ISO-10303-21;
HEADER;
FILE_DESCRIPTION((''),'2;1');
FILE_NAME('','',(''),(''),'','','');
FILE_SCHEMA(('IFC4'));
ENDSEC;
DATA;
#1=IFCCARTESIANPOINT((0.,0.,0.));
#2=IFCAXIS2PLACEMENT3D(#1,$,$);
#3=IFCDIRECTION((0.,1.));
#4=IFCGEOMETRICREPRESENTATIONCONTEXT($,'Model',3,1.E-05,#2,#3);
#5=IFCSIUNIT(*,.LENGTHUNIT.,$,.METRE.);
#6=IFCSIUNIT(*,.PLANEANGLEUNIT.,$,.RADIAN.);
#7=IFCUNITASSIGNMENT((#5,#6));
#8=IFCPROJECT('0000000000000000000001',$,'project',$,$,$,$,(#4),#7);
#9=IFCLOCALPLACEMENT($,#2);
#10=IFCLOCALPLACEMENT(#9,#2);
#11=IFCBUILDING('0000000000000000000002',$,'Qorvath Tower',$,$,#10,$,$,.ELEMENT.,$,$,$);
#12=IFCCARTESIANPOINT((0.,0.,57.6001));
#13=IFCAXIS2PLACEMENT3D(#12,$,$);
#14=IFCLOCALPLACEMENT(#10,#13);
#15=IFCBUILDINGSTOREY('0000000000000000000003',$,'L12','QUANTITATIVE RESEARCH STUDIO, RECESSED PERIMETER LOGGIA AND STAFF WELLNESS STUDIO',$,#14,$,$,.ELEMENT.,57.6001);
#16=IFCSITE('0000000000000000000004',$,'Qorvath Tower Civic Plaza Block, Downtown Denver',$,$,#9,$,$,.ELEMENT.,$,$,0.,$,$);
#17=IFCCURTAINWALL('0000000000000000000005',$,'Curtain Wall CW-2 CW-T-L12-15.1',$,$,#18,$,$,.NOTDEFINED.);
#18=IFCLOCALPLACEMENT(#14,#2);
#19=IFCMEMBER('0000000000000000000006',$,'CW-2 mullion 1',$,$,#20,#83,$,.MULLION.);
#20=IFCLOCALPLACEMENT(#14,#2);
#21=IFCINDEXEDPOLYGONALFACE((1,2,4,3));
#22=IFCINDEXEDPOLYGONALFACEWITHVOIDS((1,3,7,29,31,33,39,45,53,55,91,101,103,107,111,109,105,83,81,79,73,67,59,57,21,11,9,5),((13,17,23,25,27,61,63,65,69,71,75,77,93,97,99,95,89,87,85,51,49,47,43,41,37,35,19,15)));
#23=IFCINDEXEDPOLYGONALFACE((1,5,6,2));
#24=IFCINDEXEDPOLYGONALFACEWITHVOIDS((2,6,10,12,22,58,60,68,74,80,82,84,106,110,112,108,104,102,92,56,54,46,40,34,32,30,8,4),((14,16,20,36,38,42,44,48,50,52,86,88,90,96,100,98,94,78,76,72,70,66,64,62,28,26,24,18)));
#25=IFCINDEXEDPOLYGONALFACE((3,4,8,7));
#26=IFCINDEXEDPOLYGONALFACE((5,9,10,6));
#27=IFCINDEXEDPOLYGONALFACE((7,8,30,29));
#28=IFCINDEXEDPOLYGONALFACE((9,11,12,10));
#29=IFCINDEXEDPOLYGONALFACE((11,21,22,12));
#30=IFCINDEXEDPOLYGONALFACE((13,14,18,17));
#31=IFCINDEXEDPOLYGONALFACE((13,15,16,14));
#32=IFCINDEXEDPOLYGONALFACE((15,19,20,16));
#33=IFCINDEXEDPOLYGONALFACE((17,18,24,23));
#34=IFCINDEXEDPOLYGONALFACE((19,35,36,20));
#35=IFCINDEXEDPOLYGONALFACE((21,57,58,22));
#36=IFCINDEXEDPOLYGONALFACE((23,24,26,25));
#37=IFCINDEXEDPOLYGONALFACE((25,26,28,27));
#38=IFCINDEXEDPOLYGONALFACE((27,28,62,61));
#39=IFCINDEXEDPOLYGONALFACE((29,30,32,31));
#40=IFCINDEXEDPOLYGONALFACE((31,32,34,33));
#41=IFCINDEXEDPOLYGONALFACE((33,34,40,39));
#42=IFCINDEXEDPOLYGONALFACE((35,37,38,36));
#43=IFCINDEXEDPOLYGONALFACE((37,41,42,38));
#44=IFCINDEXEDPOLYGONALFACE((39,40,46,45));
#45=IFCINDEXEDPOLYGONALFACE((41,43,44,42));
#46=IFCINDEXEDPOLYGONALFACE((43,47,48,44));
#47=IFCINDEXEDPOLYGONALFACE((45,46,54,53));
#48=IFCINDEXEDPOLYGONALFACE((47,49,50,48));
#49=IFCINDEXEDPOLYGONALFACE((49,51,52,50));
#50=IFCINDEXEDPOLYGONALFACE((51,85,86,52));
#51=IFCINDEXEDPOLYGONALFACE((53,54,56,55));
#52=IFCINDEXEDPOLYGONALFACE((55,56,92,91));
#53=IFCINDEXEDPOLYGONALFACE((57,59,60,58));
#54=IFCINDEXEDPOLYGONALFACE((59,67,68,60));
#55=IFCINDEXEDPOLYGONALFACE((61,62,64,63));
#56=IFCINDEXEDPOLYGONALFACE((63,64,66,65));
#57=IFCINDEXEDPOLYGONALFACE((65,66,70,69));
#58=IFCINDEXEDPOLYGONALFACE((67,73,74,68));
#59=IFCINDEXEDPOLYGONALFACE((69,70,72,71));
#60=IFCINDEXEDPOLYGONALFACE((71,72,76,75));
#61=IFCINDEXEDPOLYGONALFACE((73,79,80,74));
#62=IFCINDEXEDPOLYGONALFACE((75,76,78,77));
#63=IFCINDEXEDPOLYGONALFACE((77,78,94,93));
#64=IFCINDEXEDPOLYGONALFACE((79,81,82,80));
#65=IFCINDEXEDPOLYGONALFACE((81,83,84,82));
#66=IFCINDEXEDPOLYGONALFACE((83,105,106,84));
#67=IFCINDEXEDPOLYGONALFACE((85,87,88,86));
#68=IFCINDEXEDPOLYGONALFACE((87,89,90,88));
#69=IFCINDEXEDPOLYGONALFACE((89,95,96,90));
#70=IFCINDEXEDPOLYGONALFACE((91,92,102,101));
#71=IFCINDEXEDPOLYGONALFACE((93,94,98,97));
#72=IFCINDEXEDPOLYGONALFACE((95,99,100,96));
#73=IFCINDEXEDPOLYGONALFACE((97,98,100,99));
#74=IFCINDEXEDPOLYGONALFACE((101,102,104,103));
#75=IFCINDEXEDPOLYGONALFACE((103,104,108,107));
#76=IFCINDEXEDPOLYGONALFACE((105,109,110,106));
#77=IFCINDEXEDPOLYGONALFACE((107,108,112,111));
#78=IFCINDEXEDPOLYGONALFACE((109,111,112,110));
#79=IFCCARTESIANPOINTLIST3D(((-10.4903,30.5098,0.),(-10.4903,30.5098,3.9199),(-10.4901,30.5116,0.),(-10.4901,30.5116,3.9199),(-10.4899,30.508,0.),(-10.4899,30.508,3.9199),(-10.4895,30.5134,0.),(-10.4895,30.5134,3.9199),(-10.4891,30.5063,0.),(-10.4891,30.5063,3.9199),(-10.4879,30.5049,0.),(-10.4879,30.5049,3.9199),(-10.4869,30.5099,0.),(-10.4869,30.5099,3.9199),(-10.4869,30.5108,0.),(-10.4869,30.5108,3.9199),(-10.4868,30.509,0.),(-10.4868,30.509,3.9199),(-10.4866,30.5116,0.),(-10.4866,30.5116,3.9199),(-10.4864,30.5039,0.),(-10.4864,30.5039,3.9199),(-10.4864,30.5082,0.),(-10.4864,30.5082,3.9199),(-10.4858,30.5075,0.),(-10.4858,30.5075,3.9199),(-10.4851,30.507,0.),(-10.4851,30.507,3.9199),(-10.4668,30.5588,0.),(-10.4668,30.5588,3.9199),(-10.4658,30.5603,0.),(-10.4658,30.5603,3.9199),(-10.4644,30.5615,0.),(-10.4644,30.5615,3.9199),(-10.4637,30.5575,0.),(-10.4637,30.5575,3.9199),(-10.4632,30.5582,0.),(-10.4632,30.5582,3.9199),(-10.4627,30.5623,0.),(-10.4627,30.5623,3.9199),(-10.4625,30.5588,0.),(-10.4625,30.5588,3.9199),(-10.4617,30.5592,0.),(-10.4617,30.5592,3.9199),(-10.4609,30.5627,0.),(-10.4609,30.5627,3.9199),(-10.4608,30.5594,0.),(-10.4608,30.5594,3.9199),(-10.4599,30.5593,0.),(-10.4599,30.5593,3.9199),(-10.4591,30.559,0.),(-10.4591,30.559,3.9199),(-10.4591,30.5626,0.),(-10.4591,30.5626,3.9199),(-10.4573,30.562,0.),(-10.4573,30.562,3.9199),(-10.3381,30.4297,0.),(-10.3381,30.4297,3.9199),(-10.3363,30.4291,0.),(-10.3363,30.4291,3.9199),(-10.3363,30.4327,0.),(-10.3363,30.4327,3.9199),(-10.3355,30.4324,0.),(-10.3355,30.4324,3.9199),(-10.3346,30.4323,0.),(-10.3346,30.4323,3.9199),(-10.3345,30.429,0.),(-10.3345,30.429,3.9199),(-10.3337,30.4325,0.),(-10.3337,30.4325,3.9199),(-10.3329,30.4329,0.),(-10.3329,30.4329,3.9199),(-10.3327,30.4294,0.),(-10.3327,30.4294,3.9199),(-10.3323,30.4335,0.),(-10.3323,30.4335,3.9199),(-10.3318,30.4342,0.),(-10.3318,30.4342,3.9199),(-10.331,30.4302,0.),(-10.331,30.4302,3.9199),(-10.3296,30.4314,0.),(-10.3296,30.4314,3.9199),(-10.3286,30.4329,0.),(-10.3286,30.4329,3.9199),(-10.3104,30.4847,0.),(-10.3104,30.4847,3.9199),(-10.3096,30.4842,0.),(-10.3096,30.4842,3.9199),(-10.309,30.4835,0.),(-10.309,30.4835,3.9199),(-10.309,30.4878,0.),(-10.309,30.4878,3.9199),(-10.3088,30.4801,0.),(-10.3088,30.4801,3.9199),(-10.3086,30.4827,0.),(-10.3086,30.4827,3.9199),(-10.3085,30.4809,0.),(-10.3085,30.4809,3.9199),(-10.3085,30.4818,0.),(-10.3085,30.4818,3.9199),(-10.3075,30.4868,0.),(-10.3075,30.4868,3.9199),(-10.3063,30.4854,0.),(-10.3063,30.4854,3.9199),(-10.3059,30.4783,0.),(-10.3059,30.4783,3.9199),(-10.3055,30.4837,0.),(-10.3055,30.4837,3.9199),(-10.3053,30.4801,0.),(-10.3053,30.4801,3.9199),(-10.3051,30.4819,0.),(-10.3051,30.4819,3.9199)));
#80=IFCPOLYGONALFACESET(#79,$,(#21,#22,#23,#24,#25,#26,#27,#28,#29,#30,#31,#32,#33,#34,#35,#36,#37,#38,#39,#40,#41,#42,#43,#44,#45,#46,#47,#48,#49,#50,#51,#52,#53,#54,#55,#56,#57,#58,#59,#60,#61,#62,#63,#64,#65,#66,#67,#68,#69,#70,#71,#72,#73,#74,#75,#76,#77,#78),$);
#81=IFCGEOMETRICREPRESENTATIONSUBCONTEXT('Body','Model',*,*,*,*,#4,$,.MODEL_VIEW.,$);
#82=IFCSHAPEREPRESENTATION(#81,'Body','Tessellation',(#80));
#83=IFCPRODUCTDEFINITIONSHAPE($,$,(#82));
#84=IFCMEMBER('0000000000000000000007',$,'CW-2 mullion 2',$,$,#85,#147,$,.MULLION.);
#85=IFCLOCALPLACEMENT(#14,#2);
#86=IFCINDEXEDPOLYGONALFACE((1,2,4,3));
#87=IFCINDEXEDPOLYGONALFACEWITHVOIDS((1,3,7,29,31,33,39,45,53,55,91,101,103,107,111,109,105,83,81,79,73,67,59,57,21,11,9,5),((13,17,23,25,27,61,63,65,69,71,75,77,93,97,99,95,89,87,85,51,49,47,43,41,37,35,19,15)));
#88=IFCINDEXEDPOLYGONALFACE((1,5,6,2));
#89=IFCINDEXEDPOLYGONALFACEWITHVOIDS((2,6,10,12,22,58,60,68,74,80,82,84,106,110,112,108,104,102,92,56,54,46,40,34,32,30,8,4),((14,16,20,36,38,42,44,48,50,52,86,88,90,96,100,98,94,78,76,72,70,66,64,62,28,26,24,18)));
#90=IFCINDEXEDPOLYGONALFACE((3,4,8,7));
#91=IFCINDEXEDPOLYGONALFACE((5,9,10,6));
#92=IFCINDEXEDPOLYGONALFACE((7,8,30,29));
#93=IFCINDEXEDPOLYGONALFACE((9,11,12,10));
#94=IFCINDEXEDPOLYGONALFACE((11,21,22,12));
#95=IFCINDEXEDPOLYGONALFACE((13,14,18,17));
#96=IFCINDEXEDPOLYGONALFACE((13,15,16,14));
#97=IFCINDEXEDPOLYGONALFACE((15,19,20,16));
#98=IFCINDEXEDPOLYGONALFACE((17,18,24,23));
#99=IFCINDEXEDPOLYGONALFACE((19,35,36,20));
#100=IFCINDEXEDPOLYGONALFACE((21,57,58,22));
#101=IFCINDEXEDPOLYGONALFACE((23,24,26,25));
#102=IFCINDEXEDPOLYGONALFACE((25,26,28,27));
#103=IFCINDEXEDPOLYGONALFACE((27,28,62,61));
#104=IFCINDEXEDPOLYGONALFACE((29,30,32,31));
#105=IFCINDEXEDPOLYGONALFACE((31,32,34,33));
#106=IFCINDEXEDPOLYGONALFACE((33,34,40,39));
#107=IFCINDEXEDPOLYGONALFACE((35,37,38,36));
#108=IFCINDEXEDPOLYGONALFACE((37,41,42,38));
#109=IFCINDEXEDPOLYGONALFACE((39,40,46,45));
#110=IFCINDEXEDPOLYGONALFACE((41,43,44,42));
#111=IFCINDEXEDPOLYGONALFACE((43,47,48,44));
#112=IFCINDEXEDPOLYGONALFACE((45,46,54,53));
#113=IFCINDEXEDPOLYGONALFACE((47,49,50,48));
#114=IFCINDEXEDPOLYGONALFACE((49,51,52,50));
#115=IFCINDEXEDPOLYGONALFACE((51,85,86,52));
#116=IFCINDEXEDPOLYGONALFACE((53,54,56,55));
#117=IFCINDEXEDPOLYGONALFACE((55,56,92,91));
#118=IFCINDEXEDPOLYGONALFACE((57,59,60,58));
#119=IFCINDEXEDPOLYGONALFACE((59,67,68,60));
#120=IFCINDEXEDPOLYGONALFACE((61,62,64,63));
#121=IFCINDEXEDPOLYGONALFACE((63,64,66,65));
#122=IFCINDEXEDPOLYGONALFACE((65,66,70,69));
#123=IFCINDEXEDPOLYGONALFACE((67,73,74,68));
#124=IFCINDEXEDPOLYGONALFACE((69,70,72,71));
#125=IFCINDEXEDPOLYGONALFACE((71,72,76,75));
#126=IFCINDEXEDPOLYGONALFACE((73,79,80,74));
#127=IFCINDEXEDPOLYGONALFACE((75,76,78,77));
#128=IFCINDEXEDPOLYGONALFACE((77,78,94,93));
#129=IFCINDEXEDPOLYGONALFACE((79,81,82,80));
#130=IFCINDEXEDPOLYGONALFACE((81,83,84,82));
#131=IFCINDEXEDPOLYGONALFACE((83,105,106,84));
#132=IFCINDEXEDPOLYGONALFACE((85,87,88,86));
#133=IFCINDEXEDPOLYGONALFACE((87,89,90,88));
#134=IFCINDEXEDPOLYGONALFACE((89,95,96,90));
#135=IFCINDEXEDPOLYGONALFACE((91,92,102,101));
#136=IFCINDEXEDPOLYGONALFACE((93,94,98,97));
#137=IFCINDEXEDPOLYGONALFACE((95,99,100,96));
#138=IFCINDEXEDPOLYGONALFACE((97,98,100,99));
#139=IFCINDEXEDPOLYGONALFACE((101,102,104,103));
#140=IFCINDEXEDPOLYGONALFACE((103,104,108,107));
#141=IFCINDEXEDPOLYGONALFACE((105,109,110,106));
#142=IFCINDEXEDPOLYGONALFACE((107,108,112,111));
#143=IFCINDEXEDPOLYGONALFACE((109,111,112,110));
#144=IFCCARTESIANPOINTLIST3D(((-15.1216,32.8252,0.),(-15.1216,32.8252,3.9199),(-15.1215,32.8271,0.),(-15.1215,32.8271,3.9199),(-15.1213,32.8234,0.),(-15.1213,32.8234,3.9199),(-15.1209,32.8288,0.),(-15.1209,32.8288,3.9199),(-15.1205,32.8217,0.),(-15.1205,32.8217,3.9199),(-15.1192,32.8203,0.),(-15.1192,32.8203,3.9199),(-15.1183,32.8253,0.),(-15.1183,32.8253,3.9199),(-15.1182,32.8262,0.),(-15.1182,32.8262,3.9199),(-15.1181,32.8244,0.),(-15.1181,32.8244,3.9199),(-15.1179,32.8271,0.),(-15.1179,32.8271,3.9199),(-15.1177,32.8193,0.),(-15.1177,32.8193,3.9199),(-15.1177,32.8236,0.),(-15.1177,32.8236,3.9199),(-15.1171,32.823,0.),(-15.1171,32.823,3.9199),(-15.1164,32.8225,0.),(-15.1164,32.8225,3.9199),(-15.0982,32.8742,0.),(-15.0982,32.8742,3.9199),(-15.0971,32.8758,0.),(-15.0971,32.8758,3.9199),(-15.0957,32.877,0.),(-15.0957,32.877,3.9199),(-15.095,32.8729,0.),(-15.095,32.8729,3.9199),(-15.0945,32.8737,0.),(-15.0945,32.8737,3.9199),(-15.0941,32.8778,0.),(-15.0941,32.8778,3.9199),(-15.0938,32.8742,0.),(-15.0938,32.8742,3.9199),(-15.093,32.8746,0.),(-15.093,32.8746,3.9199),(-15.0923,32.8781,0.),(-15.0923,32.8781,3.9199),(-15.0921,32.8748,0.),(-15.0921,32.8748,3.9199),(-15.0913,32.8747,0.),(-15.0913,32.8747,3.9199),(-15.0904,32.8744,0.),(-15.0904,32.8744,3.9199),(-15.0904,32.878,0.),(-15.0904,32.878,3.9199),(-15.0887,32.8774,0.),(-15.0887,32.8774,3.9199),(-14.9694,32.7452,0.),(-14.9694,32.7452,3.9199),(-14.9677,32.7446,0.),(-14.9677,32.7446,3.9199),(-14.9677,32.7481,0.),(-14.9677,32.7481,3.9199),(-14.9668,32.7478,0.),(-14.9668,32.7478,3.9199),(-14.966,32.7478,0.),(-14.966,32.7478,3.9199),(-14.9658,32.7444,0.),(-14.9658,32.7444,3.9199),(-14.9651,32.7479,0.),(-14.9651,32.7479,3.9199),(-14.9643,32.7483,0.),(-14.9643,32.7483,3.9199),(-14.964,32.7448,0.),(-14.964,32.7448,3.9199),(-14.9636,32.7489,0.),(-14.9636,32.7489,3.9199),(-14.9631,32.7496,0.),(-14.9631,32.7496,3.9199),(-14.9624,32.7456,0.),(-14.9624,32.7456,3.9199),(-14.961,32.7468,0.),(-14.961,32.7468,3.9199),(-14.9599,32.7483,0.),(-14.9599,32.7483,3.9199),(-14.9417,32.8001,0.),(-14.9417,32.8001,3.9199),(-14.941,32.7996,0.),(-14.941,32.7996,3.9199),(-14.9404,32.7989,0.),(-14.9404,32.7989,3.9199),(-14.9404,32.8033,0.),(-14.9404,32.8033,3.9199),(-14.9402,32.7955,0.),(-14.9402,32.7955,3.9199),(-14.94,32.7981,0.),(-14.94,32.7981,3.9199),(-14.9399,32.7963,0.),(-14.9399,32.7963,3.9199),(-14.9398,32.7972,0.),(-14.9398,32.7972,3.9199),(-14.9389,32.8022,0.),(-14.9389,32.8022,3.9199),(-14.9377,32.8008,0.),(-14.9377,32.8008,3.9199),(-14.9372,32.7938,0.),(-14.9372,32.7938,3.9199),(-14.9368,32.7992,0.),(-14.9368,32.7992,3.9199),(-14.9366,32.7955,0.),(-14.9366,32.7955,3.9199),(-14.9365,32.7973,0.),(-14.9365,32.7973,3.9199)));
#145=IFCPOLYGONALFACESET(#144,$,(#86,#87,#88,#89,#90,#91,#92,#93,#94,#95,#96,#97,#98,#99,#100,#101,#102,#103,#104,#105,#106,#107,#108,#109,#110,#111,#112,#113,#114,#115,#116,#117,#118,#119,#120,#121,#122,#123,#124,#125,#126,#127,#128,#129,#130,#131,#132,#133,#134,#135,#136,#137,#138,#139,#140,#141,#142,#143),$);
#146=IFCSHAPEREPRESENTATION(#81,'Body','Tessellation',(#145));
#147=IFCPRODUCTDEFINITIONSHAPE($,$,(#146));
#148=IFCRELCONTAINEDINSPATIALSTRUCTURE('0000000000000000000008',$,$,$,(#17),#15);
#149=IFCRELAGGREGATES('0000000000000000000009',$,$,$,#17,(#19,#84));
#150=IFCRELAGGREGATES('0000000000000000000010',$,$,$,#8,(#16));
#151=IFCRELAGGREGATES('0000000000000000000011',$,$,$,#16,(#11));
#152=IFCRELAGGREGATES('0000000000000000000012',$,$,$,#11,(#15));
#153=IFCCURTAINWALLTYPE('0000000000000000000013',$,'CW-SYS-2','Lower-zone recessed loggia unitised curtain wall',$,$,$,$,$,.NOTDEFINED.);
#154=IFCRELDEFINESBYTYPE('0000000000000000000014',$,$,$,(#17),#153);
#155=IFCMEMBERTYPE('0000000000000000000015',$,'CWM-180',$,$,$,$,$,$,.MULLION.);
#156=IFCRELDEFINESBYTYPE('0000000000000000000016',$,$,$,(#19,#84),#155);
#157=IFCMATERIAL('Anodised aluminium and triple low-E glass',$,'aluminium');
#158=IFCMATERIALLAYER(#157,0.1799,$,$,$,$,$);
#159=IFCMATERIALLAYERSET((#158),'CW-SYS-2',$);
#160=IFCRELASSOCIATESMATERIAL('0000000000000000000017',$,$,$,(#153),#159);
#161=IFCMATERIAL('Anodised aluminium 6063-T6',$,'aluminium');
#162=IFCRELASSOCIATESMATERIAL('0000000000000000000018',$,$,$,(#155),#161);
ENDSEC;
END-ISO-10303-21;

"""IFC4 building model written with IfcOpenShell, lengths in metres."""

from ifc_helpers import new_model, si_unit, direction, frame, origin, origin_2d, place, context, subcontext, project, spatial, hollow_rectangle, extrude, material, layer, layer_set, material_profile, profile_set, type_object, element, aggregate, save


model = new_model("IFC4")

# Units and contexts
model_context = context("Model", 3, precision=1e-05, world=origin(), true_north=direction((0.0, 1.0)))
body_context = subcontext(model_context, "Body", "Model", "MODEL_VIEW")
ifc_project = project(units=[si_unit("LENGTHUNIT", "METRE"), si_unit("PLANEANGLEUNIT", "RADIAN")], contexts=[model_context])

# Site, building, storey
site_placement = place(None, origin())
site = spatial("IfcSite", under=ifc_project, at=site_placement, Name="Qorvath Tower Civic Plaza Block, Downtown Denver", CompositionType="ELEMENT", RefElevation=0.0)
building_placement = place(site_placement, origin())
building = spatial("IfcBuilding", under=site, at=building_placement, Name="Qorvath Tower", CompositionType="ELEMENT")
storey_placement = place(building_placement, frame((0.0, 0.0, 57.6001)))
storey = spatial("IfcBuildingStorey", under=building, at=storey_placement, Name="L12", Description="QUANTITATIVE RESEARCH STUDIO, RECESSED PERIMETER LOGGIA AND STAFF WELLNESS STUDIO", CompositionType="ELEMENT", Elevation=57.6001)

# Shared definitions
ifc_material_1 = material(Name="Anodised aluminium and triple low-E glass", Category="aluminium")
ifc_layer_1 = layer(ifc_material_1, 0.1799)
ifc_layer_set_1 = layer_set([ifc_layer_1], Name="CW-SYS-2")
curtain_wall_type = type_object("IfcCurtainWallType", Name="CW-SYS-2", Description="Lower-zone recessed loggia unitised curtain wall", PredefinedType="NOTDEFINED", material=ifc_layer_set_1)
ifc_material_2 = material(Name="Anodised aluminium 6063-T6", Category="aluminium")
ifc_material_profile_1 = material_profile(ifc_material_2, hollow_rectangle(XDim=0.0649, YDim=0.1799, WallThickness=0.0034, InnerFilletRadius=0.0034, OuterFilletRadius=0.0071, at=origin_2d()), Name="CWM 180x65")
ifc_profile_set_1 = profile_set([ifc_material_profile_1], Name="Anodised aluminium 6063-T6")
member_type_1 = type_object("IfcMemberType", Name="CWM-180", PredefinedType="MULLION", material=ifc_profile_set_1)

# Curtain wall, members
curtain_wall_1_placement = place(storey_placement, origin())
curtain_wall_1 = element("IfcCurtainWall", 1, at=curtain_wall_1_placement, inside=storey, type_object=curtain_wall_type, Name="Curtain Wall CW-2 CW-T-L12-15.1", PredefinedType="NOTDEFINED")
member_1_placement = place(storey_placement, frame((-10.3977, 30.4958, 0.0), z_axis=(0.0, 0.0, 1.0), x_axis=(-0.447214, -0.894427, 0.0)))
member_1 = element("IfcMember", 2, at=member_1_placement, type_object=member_type_1, Name="CW-2 mullion 1", PredefinedType="MULLION", context=body_context, shape_type="SweptSolid", body=[
    extrude(hollow_rectangle(XDim=0.0649, YDim=0.1799, WallThickness=0.0034, InnerFilletRadius=0.0034, OuterFilletRadius=0.0071, at=origin_2d()), origin(), (0.0, 0.0, 1.0), 3.9199),
])
member_2_placement = place(storey_placement, frame((-15.0291, 32.8113, 0.0), z_axis=(0.0, 0.0, 1.0), x_axis=(-0.447214, -0.894427, 0.0)))
member_2 = element("IfcMember", 3, at=member_2_placement, type_object=member_type_1, Name="CW-2 mullion 2", PredefinedType="MULLION", context=body_context, shape_type="SweptSolid", body=[
    extrude(hollow_rectangle(XDim=0.0649, YDim=0.1799, WallThickness=0.0034, InnerFilletRadius=0.0034, OuterFilletRadius=0.0071, at=origin_2d()), origin(), (0.0, 0.0, 1.0), 3.9199),
])

aggregate(curtain_wall_1, [member_1, member_2])

save(model, "model.ifc")
